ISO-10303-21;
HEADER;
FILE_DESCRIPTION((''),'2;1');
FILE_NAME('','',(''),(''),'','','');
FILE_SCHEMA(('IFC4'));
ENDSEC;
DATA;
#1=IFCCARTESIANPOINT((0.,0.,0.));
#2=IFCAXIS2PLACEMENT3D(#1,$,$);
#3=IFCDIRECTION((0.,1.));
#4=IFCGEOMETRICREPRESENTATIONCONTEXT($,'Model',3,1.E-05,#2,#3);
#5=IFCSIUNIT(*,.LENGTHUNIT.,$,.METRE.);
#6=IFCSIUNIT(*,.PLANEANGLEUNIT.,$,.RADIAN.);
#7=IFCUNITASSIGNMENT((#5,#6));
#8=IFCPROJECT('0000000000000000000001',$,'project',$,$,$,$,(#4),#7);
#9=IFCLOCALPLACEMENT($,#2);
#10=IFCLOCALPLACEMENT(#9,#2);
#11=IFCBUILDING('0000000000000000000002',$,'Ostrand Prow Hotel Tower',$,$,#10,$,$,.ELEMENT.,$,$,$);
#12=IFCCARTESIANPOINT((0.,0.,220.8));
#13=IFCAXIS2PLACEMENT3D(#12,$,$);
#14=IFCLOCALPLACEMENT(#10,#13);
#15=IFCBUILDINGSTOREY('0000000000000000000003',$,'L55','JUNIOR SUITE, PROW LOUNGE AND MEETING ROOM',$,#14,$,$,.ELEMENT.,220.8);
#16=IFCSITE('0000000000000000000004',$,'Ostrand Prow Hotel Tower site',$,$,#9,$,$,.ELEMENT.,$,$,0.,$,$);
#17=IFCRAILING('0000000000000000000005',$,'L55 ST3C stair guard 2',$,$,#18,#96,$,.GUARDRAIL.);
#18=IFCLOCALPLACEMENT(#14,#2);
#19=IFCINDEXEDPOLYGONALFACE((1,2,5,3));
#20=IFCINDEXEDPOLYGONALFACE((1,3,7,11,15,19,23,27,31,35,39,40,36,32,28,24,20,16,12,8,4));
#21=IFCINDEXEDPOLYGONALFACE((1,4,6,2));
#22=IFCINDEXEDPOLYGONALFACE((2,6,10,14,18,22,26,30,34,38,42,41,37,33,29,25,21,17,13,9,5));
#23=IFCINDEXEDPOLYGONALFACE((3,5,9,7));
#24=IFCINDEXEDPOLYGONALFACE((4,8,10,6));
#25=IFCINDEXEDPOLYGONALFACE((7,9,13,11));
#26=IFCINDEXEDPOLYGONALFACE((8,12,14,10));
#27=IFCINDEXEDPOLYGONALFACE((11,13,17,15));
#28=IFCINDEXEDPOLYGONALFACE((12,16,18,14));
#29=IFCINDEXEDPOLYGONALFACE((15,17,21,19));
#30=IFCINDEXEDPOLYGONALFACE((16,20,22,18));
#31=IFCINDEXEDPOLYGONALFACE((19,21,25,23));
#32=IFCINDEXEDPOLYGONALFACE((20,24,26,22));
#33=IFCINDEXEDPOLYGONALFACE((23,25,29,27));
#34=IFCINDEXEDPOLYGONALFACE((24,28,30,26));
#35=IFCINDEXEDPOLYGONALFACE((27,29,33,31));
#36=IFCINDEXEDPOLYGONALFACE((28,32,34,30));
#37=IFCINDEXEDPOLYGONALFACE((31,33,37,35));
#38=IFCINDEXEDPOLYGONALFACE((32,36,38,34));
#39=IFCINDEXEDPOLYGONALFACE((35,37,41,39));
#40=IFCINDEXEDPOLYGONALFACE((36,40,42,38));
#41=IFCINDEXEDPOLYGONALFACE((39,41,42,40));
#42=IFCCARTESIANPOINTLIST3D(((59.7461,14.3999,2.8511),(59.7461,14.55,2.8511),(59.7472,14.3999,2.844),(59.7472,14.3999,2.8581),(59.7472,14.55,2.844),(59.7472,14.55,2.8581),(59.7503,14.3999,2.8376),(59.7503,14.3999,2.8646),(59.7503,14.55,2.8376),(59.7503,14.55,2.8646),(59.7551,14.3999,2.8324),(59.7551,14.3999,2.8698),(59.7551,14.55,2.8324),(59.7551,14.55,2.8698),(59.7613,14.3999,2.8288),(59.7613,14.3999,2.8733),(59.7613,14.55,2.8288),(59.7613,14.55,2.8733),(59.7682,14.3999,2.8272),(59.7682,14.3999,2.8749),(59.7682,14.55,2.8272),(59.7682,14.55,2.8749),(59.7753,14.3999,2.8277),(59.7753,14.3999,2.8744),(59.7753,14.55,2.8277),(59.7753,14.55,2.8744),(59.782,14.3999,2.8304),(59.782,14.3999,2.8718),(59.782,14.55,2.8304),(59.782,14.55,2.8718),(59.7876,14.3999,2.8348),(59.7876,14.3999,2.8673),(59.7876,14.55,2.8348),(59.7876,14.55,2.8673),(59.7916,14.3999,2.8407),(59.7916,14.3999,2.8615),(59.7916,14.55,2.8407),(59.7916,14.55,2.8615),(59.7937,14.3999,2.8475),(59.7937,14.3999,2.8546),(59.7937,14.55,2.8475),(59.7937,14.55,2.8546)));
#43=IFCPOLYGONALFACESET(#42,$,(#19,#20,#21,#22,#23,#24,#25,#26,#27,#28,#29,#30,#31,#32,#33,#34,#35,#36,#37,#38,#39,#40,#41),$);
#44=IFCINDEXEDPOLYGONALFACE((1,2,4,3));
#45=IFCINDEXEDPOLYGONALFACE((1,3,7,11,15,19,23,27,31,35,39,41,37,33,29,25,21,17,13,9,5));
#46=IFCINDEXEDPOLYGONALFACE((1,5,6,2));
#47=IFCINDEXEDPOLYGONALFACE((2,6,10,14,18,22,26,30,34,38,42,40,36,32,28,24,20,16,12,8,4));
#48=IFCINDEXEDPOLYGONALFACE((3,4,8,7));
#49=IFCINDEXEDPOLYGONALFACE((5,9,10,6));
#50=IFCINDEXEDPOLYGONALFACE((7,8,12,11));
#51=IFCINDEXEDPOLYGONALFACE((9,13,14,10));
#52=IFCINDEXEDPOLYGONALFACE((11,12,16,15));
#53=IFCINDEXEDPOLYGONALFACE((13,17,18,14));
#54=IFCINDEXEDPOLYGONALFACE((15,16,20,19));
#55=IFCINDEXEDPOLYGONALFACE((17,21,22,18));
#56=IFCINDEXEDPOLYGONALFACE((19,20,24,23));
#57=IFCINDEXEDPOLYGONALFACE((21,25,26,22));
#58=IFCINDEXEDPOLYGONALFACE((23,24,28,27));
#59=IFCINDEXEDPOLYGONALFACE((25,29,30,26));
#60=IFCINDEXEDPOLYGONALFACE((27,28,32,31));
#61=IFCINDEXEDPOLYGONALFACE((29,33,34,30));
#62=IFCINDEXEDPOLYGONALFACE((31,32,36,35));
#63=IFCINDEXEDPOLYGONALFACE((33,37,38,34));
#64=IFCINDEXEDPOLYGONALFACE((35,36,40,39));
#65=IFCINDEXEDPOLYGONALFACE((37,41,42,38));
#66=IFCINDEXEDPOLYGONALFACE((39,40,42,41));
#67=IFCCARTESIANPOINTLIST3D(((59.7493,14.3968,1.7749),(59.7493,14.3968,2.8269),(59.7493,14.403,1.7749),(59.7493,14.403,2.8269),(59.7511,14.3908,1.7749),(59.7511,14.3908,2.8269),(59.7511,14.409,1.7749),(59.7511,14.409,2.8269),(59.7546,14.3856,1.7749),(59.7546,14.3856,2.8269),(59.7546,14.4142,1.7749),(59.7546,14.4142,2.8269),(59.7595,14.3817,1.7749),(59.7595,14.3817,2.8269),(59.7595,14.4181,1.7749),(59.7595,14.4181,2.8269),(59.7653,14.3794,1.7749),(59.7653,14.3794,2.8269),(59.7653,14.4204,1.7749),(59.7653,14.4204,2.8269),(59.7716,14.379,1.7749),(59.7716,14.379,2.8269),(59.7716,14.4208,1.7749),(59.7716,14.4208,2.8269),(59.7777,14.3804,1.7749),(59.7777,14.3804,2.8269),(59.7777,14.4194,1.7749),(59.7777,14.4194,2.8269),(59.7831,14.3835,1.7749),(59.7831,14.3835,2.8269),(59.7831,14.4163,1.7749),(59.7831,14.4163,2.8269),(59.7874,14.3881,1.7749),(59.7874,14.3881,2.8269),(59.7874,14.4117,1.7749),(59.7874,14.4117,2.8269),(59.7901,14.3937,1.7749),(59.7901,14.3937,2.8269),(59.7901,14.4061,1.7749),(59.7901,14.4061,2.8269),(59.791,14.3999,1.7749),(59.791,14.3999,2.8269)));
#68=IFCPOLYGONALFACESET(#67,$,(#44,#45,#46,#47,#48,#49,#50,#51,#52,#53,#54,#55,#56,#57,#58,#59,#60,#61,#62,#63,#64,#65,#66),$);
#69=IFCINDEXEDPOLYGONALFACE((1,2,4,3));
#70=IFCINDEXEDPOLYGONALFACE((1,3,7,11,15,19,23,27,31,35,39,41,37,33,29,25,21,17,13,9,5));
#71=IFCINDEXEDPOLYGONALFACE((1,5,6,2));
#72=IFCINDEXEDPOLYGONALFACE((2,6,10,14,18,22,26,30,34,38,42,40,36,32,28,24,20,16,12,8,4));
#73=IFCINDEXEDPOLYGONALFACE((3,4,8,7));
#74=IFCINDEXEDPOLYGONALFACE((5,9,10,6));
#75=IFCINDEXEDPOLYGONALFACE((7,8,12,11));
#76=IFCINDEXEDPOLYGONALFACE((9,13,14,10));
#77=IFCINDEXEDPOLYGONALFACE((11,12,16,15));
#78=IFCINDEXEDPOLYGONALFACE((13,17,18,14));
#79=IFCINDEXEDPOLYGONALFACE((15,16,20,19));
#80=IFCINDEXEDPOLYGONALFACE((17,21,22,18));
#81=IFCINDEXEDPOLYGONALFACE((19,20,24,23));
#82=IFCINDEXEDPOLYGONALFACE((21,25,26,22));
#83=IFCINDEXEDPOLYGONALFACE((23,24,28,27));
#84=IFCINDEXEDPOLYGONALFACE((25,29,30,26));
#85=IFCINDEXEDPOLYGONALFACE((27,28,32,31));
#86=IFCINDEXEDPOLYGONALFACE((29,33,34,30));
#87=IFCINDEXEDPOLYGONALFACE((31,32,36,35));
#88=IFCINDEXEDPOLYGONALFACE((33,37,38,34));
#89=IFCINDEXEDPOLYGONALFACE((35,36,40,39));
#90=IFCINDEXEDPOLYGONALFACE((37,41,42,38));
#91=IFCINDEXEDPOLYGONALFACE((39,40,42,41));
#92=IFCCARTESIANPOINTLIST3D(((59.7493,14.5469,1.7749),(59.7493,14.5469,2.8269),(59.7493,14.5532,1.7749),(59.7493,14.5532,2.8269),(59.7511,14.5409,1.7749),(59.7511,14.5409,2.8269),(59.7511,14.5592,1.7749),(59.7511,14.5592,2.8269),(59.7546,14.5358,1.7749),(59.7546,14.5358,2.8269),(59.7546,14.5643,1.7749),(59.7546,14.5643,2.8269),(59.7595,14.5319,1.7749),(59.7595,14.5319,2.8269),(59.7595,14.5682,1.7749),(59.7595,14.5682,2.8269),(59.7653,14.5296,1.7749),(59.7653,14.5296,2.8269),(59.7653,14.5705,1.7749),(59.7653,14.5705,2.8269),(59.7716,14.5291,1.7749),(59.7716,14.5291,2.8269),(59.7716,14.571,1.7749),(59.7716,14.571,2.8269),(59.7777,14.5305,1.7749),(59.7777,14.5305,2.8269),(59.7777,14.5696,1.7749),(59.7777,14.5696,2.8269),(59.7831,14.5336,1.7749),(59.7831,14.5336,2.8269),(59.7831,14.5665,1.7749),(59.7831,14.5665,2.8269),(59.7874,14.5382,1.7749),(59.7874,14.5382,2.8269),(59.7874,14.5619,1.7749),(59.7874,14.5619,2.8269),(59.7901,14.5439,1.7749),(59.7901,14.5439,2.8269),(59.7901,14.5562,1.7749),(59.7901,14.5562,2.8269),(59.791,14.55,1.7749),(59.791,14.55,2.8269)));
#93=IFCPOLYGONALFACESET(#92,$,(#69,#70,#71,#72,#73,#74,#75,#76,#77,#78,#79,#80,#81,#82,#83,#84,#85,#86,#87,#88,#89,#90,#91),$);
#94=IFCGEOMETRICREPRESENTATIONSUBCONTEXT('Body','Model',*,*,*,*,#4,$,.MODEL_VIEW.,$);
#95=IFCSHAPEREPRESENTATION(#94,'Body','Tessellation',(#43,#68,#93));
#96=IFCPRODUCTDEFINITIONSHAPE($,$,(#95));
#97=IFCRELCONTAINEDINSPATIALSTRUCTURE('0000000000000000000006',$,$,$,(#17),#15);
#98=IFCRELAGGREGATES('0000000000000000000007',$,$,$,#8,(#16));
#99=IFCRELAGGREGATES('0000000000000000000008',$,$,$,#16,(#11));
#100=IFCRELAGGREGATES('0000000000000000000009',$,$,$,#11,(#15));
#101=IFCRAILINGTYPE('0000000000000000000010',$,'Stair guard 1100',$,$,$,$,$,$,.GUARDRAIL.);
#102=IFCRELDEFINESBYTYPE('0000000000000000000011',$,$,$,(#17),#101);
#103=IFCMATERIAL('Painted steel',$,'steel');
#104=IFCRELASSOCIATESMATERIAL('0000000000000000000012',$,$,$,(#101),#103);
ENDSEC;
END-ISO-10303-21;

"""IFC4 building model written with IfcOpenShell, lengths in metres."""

from ifc_helpers import new_model, si_unit, direction, frame, origin, origin_2d, place, context, subcontext, project, spatial, circle, extrude, material, type_object, element, save


model = new_model("IFC4")

# Units and contexts
model_context = context("Model", 3, precision=1e-05, world=origin(), true_north=direction((0.0, 1.0)))
body_context = subcontext(model_context, "Body", "Model", "MODEL_VIEW")
ifc_project = project(units=[si_unit("LENGTHUNIT", "METRE"), si_unit("PLANEANGLEUNIT", "RADIAN")], contexts=[model_context])

# Site, building, storey
site_placement = place(None, origin())
site = spatial("IfcSite", under=ifc_project, at=site_placement, Name="Ostrand Prow Hotel Tower site", CompositionType="ELEMENT", RefElevation=0.0)
building_placement = place(site_placement, origin())
building = spatial("IfcBuilding", under=site, at=building_placement, Name="Ostrand Prow Hotel Tower", CompositionType="ELEMENT")
storey_placement = place(building_placement, frame((0.0, 0.0, 220.8)))
storey = spatial("IfcBuildingStorey", under=building, at=storey_placement, Name="L55", Description="JUNIOR SUITE, PROW LOUNGE AND MEETING ROOM", CompositionType="ELEMENT", Elevation=220.8)

# Railing
ifc_material_1 = material(Name="Painted steel", Category="steel")
railing_type_1 = type_object("IfcRailingType", Name="Stair guard 1100", PredefinedType="GUARDRAIL", material=ifc_material_1)
railing_1_placement = place(storey_placement, frame((59.77, 14.3999, 1.7749)))
element("IfcRailing", 1, at=railing_1_placement, inside=storey, type_object=railing_type_1, Name="L55 ST3C stair guard 2", PredefinedType="GUARDRAIL", context=body_context, shape_type="SweptSolid", body=[
    extrude(circle(Radius=0.0239, at=origin_2d()), frame((0.0, 0.0, 1.0762), z_axis=(0.0, 1.0, 0.0), x_axis=(-1.0, 0.0, 0.0)), (0.0, 0.0, 1.0), 0.1501),
    extrude(circle(Radius=0.021, at=origin_2d()), origin(), (0.0, 0.0, 1.0), 1.052),
    extrude(circle(Radius=0.021, at=origin_2d()), frame((0.0, 0.1501, 0.0)), (0.0, 0.0, 1.0), 1.052),
])

save(model, "model.ifc")
